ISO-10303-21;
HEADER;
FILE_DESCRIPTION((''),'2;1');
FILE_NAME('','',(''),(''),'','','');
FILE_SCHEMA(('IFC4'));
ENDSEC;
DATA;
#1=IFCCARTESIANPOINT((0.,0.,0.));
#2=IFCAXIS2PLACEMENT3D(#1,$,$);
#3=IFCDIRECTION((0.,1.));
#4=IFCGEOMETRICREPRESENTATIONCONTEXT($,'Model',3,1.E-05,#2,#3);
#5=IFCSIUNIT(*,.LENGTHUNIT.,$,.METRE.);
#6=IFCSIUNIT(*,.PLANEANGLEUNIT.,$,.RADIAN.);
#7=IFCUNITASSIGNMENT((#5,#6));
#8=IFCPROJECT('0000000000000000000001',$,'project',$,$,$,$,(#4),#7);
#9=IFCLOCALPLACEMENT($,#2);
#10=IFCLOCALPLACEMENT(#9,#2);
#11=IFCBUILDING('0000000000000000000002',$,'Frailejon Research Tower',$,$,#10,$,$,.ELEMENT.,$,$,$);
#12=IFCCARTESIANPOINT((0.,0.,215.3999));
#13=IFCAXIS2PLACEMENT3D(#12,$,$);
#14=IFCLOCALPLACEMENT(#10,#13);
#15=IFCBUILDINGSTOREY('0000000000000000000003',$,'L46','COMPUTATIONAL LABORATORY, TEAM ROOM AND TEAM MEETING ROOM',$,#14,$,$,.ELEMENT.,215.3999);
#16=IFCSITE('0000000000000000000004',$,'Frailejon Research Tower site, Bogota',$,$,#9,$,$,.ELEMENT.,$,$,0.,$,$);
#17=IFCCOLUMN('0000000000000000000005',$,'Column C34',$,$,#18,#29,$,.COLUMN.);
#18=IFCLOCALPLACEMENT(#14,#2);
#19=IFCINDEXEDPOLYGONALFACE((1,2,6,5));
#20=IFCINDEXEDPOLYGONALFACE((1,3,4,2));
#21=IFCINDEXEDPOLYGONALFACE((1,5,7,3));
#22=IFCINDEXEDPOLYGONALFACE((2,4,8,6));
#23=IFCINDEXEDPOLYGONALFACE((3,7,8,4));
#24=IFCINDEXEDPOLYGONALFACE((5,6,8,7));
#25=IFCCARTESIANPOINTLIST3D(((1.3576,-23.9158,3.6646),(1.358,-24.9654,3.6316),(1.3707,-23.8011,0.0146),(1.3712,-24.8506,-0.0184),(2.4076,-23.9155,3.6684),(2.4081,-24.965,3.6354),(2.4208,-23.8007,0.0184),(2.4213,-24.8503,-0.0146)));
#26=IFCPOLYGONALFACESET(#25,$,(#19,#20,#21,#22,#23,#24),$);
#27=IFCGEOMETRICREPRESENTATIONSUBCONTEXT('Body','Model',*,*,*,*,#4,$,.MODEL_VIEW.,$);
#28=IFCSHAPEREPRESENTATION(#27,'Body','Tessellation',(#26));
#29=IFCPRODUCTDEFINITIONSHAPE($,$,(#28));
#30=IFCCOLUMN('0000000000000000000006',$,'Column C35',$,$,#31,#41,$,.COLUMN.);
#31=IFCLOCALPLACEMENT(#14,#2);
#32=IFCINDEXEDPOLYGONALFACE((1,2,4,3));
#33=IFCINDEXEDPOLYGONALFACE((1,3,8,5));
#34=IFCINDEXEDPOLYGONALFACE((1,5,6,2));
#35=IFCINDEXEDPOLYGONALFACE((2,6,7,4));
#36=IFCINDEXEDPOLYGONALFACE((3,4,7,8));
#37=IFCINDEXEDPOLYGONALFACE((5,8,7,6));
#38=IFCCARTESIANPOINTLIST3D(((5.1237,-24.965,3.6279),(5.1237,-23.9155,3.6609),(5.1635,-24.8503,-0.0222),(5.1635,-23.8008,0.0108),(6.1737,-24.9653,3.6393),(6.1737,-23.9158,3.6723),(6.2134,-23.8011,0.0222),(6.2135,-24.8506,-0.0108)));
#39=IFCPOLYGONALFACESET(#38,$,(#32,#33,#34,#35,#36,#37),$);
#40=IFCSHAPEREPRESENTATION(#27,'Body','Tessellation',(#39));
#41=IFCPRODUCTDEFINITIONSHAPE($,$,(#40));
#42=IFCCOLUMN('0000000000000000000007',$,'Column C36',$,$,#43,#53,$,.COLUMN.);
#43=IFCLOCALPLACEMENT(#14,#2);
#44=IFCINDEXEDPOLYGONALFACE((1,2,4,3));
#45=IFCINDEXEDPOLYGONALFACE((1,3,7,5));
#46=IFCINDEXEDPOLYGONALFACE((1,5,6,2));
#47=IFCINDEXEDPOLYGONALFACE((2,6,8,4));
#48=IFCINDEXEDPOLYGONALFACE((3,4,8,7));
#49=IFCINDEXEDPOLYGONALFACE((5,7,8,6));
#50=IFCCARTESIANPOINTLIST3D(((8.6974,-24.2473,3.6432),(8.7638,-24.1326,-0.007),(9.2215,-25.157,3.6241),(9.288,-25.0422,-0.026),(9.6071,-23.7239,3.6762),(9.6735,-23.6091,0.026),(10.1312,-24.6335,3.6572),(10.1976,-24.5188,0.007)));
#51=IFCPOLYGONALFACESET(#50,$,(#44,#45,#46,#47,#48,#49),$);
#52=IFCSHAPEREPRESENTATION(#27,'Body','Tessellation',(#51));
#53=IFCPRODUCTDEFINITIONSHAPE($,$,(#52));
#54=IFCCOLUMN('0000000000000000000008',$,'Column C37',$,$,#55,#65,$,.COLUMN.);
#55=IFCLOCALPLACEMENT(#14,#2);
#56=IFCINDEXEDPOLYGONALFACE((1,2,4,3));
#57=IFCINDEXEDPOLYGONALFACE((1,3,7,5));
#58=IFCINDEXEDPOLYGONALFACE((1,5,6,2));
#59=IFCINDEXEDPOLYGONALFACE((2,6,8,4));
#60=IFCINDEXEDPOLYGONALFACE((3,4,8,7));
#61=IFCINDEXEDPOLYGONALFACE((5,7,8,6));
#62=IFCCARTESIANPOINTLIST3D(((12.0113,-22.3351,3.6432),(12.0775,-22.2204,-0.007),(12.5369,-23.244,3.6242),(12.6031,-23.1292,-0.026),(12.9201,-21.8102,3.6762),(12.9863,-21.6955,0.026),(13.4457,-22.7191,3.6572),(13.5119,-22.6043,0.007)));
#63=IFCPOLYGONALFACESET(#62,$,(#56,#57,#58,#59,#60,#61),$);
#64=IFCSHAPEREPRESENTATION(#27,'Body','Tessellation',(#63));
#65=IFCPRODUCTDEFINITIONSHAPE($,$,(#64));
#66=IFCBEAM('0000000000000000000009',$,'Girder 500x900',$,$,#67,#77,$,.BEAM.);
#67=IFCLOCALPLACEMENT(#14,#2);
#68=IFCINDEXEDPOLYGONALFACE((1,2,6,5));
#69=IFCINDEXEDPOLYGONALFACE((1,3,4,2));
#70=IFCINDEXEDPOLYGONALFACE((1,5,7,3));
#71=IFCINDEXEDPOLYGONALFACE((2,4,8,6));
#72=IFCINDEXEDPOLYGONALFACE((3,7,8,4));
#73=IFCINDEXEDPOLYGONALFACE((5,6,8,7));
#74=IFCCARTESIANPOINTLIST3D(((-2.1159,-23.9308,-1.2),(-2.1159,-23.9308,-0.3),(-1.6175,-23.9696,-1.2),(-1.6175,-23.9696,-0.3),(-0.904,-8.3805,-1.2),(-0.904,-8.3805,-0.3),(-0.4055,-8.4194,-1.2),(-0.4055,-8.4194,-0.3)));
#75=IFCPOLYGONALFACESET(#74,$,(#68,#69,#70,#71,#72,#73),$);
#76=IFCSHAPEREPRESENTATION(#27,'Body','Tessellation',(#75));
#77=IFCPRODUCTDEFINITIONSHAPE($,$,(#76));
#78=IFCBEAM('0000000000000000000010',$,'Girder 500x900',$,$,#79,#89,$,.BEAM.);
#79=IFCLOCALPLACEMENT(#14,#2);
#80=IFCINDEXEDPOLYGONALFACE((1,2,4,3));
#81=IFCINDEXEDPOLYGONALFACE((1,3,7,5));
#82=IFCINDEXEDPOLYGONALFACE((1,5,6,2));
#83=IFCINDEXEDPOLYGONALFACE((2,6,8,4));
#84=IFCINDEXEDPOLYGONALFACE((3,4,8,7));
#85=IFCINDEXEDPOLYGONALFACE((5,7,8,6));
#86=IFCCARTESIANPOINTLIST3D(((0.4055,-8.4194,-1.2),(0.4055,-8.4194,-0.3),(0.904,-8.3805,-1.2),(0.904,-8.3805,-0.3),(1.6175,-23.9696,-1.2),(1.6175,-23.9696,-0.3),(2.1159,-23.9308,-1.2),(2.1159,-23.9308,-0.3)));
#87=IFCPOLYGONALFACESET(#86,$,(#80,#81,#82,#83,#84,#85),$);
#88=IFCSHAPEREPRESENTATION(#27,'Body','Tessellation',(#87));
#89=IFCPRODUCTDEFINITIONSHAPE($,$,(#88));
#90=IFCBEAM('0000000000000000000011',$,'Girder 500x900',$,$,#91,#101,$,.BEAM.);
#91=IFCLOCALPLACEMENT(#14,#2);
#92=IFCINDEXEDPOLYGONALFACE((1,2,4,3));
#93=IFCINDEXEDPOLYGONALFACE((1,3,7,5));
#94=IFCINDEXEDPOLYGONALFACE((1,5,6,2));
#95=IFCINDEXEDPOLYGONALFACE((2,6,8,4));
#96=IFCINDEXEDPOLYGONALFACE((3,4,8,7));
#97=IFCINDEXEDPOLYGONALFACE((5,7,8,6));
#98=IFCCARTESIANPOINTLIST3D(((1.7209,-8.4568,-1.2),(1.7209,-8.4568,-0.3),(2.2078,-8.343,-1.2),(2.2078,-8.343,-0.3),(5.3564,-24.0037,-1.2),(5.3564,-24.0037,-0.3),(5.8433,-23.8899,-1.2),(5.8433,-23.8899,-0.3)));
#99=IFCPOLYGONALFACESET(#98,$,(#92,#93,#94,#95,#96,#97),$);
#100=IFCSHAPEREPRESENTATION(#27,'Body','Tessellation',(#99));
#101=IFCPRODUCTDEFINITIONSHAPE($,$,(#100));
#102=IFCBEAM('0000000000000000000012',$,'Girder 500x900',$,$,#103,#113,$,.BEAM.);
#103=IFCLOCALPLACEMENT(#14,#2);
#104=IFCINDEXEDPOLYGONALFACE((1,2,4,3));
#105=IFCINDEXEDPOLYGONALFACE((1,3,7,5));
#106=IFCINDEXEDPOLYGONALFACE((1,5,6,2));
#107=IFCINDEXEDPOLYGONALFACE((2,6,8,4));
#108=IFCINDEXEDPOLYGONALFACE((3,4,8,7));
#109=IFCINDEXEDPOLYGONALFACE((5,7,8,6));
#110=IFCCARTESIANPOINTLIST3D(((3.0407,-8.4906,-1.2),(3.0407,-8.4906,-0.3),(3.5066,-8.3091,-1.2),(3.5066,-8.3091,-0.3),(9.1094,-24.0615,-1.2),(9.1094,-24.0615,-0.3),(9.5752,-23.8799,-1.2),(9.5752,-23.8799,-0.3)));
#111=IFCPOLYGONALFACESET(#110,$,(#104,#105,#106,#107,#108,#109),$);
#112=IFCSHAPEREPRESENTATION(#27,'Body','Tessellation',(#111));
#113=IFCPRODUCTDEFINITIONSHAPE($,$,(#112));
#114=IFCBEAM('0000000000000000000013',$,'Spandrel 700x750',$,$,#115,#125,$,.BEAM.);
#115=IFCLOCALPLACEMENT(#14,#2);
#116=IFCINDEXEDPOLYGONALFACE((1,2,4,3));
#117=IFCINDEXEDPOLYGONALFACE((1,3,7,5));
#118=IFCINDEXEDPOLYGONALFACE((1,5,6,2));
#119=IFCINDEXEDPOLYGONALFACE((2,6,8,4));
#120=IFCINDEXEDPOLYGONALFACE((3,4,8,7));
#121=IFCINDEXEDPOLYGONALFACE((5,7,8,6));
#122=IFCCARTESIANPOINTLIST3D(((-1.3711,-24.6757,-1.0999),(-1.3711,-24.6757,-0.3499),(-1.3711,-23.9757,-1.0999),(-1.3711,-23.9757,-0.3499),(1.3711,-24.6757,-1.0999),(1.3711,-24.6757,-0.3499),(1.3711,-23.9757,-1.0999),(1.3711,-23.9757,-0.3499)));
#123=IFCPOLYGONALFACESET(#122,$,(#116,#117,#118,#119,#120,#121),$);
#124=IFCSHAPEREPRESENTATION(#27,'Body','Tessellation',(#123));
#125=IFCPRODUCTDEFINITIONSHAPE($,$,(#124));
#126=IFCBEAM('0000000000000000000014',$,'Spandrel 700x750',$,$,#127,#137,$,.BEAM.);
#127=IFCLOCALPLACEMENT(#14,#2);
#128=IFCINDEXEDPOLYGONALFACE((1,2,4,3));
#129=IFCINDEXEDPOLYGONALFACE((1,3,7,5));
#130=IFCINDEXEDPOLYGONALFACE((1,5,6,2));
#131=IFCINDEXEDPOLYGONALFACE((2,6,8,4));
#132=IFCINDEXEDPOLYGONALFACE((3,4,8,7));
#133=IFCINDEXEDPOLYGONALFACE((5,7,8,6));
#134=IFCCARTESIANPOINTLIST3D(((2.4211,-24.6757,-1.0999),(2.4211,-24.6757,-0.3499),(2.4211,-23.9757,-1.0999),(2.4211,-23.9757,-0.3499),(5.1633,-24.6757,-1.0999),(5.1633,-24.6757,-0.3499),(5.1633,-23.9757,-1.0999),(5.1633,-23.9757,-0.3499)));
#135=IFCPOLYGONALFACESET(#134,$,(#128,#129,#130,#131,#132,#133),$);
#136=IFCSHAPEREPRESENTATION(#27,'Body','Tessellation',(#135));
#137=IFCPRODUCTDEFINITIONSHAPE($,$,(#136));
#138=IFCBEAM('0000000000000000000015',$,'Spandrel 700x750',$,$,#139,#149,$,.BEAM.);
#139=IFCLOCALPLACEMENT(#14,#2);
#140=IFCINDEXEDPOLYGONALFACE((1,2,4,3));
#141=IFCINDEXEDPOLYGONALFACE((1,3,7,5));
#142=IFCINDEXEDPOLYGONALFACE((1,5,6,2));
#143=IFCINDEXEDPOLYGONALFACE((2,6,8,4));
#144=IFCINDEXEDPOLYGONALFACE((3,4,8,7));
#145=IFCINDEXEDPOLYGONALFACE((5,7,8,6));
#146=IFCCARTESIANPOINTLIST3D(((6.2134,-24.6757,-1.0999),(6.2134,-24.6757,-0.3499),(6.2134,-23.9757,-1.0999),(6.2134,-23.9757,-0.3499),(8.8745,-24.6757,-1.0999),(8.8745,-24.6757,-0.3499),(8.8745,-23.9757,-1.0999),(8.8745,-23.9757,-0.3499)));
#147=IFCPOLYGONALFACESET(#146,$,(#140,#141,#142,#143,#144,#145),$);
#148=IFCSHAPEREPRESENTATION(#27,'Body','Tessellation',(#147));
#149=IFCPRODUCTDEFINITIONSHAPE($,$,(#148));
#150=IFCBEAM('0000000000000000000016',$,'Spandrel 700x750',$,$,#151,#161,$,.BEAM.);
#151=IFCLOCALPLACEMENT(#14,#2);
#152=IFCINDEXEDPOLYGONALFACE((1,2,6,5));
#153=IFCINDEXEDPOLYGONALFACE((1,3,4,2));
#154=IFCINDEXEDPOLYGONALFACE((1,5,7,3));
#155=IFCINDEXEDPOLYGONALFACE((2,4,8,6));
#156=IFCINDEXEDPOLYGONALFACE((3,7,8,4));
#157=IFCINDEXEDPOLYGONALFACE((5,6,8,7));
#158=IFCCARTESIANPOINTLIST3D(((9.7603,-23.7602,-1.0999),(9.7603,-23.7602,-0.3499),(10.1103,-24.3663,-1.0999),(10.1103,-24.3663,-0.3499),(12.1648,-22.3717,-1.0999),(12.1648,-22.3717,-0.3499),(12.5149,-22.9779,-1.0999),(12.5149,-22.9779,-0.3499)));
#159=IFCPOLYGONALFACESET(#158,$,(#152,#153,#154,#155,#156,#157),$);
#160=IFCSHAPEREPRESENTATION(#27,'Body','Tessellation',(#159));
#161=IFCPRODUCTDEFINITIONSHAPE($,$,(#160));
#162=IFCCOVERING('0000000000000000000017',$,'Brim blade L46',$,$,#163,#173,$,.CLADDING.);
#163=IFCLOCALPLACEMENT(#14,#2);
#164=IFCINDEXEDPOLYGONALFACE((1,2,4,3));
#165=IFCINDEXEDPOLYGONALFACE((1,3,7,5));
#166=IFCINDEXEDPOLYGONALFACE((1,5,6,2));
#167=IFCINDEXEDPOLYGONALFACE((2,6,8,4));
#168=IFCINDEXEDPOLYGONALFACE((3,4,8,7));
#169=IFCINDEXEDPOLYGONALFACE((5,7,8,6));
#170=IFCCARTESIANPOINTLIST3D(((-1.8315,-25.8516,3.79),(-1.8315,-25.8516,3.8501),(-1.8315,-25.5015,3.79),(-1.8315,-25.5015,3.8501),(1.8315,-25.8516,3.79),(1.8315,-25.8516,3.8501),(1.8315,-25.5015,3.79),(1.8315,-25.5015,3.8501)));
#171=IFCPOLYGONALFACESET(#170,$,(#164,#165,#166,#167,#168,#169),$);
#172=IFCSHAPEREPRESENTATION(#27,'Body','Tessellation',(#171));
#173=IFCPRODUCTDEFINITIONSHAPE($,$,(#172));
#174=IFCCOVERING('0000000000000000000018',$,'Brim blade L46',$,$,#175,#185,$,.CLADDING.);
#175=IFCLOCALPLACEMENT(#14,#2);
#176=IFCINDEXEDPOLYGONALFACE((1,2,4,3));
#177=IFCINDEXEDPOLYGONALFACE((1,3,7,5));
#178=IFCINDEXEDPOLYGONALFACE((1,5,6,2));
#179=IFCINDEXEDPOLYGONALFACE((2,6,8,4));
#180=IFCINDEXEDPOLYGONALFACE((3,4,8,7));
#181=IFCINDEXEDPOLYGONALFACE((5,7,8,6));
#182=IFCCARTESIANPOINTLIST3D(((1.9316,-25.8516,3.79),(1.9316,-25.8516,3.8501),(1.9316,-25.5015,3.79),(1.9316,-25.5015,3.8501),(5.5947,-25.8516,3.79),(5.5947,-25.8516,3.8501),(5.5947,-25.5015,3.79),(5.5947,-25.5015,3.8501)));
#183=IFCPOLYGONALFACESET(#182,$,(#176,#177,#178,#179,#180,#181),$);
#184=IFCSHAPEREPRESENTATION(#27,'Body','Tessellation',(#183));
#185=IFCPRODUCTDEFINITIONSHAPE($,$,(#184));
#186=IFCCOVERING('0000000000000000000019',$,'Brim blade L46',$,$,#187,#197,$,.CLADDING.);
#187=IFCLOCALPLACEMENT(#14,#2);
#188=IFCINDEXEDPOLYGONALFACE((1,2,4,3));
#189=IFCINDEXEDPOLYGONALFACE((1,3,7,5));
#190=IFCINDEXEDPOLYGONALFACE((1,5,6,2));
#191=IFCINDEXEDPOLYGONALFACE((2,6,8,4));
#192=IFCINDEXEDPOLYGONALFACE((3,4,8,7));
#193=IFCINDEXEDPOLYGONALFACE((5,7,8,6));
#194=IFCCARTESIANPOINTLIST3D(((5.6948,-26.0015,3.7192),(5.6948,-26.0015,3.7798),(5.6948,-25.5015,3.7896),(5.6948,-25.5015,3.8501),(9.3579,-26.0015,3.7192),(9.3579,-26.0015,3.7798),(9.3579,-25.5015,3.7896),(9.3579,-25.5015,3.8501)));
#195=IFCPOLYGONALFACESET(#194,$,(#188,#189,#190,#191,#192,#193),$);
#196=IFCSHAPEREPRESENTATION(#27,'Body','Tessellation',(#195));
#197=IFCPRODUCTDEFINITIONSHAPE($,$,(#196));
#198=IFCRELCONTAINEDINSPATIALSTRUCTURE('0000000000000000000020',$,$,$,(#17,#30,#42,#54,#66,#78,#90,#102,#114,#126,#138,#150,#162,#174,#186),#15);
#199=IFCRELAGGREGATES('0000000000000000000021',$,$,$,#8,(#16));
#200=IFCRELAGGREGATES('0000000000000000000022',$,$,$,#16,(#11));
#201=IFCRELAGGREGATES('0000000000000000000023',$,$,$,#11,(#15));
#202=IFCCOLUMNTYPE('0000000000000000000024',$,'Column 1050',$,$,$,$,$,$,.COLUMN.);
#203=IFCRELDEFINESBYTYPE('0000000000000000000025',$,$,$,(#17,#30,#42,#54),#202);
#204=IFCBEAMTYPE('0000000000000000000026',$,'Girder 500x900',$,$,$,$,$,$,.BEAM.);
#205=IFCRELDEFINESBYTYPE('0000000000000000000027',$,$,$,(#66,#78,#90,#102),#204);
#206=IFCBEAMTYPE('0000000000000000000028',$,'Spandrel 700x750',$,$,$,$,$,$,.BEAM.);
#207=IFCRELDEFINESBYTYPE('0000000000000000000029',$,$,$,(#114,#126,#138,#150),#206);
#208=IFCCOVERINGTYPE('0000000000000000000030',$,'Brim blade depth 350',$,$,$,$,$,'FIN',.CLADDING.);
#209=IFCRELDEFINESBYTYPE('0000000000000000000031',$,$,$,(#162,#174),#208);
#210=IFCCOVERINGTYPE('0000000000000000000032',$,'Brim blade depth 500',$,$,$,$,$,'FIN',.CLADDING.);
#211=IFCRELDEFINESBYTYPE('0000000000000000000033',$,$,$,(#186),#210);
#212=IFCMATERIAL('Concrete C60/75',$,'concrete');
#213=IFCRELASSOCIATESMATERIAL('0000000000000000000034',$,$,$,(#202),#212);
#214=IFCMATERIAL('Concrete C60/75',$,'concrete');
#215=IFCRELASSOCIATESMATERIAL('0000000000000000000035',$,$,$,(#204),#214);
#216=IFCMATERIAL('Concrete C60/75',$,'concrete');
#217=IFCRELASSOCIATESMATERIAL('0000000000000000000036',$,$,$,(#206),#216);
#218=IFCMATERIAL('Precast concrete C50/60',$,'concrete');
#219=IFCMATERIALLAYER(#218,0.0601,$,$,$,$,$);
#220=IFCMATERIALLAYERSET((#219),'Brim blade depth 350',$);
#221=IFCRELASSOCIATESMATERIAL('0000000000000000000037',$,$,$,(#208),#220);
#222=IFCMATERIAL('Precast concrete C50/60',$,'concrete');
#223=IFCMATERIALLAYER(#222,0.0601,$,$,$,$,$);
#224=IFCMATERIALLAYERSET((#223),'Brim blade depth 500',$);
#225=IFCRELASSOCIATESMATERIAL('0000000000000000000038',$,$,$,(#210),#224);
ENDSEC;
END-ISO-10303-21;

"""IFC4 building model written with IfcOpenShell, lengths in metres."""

from ifc_helpers import new_model, si_unit, direction, frame, origin, origin_2d, place, context, subcontext, project, spatial, polyline, rectangle, outline, extrude, material, layer, layer_set, material_profile, profile_set, type_object, element, save


model = new_model("IFC4")

# Units and contexts
model_context = context("Model", 3, precision=1e-05, world=origin(), true_north=direction((0.0, 1.0)))
body_context = subcontext(model_context, "Body", "Model", "MODEL_VIEW")
ifc_project = project(units=[si_unit("LENGTHUNIT", "METRE"), si_unit("PLANEANGLEUNIT", "RADIAN")], contexts=[model_context])

# Site, building, storey
site_placement = place(None, origin())
site = spatial("IfcSite", under=ifc_project, at=site_placement, Name="Frailejon Research Tower site, Bogota", CompositionType="ELEMENT", RefElevation=0.0)
building_placement = place(site_placement, origin())
building = spatial("IfcBuilding", under=site, at=building_placement, Name="Frailejon Research Tower", CompositionType="ELEMENT")
storey_placement = place(building_placement, frame((0.0, 0.0, 215.3999)))
storey = spatial("IfcBuildingStorey", under=building, at=storey_placement, Name="L46", Description="COMPUTATIONAL LABORATORY, TEAM ROOM AND TEAM MEETING ROOM", CompositionType="ELEMENT", Elevation=215.3999)

# Columns
ifc_material_1 = material(Name="Concrete C60/75", Category="concrete")
ifc_material_profile_1 = material_profile(ifc_material_1, rectangle(XDim=1.05, YDim=1.05, at=origin_2d()), Name="Column 1050")
ifc_profile_set_1 = profile_set([ifc_material_profile_1], Name="Concrete C60/75")
column_type = type_object("IfcColumnType", Name="Column 1050", PredefinedType="COLUMN", material=ifc_profile_set_1)
column_1_placement = place(storey_placement, frame((1.896, -24.3257, 0.0), z_axis=(-0.00361, -0.03142, 0.9995), x_axis=(0.999993, 0.000341, 0.003623)))
element("IfcColumn", 1, at=column_1_placement, inside=storey, type_object=column_type, Name="Column C34", PredefinedType="COLUMN", context=body_context, shape_type="SweptSolid", body=[
    extrude(rectangle(XDim=1.05, YDim=1.05, at=origin_2d()), origin(), (0.0, 0.0, 1.0), 3.6519),
])
column_2_placement = place(storey_placement, frame((5.6885, -24.3257, 0.0), z_axis=(-0.010896, -0.031419, 0.999447), x_axis=(0.999941, -0.000298, 0.010892)))
element("IfcColumn", 2, at=column_2_placement, inside=storey, type_object=column_type, Name="Column C35", PredefinedType="COLUMN", context=body_context, shape_type="SweptSolid", body=[
    extrude(rectangle(XDim=1.05, YDim=1.05, at=origin_2d()), origin(), (0.0, 0.0, 1.0), 3.6521),
])
for number, where, z_axis, x_axis, name in (
    (3, (9.4807, -24.3257, 0.0), (-0.018181, -0.031415, 0.999341), (0.866316, 0.498507, 0.031432), "Column C36"),
    (4, (12.7947, -22.4124, 0.0), (-0.018114, -0.031415, 0.999342), (0.86552, 0.499889, 0.031403), "Column C37"),
):
    element("IfcColumn", number, at=place(storey_placement, frame(where, z_axis=z_axis, x_axis=x_axis)), inside=storey, type_object=column_type, Name=name, PredefinedType="COLUMN", context=body_context, shape_type="SweptSolid", body=[
        extrude(rectangle(XDim=1.05, YDim=1.05, at=origin_2d()), origin(), (0.0, 0.0, 1.0), 3.6526),
    ])

# Beams
ifc_material_2 = material(Name="Concrete C60/75", Category="concrete")
ifc_material_profile_2 = material_profile(ifc_material_2, rectangle(XDim=0.5, YDim=0.8999, at=origin_2d()), Name="Girder 500x900")
ifc_profile_set_2 = profile_set([ifc_material_profile_2], Name="Concrete C60/75")
beam_type_1 = type_object("IfcBeamType", Name="Girder 500x900", PredefinedType="BEAM", material=ifc_profile_set_2)
for number, where, z_axis, x_axis, name in (
    (5, (-1.8667, -23.9502, -0.75), (0.0777, 0.996977, 0.0), (-0.996977, 0.0777, 0.0), "Girder 500x900"),
    (6, (1.8667, -23.9502, -0.75), (-0.0777, 0.996977, 0.0), (-0.996977, -0.0777, 0.0), "Girder 500x900"),
):
    element("IfcBeam", number, at=place(storey_placement, frame(where, z_axis=z_axis, x_axis=x_axis)), inside=storey, type_object=beam_type_1, Name=name, PredefinedType="BEAM", context=body_context, shape_type="SweptSolid", body=[
        extrude(rectangle(XDim=0.5, YDim=0.8999, at=origin_2d()), origin(), (0.0, 0.0, 1.0), 15.5974),
    ])
beam_1_placement = place(storey_placement, frame((5.5999, -23.9468, -0.75), z_axis=(-0.227698, 0.973732, 0.0), x_axis=(-0.973732, -0.227698, 0.0)))
element("IfcBeam", 7, at=beam_1_placement, inside=storey, type_object=beam_type_1, Name="Girder 500x900", PredefinedType="BEAM", context=body_context, shape_type="SweptSolid", body=[
    extrude(rectangle(XDim=0.5, YDim=0.8999, at=origin_2d()), origin(), (0.0, 0.0, 1.0), 15.9663),
])
beam_2_placement = place(storey_placement, frame((9.3423, -23.9707, -0.75), z_axis=(-0.363137, 0.931736, 0.0), x_axis=(-0.931736, -0.363137, 0.0)))
element("IfcBeam", 8, at=beam_2_placement, inside=storey, type_object=beam_type_1, Name="Girder 500x900", PredefinedType="BEAM", context=body_context, shape_type="SweptSolid", body=[
    extrude(rectangle(XDim=0.5, YDim=0.8999, at=origin_2d()), origin(), (0.0, 0.0, 1.0), 16.7117),
])
ifc_material_3 = material(Name="Concrete C60/75", Category="concrete")
ifc_material_profile_3 = material_profile(ifc_material_3, rectangle(XDim=0.7, YDim=0.75, at=origin_2d()), Name="Spandrel 700x750")
ifc_profile_set_3 = profile_set([ifc_material_profile_3], Name="Concrete C60/75")
beam_type_2 = type_object("IfcBeamType", Name="Spandrel 700x750", PredefinedType="BEAM", material=ifc_profile_set_3)
for number, where, z_axis, x_axis, name in (
    (9, (-1.3711, -24.3257, -0.7249), (1.0, 0.0, 0.0), (0.0, 1.0, 0.0), "Spandrel 700x750"),
    (10, (2.4211, -24.3257, -0.7249), (1.0, 0.0, 0.0), (0.0, 1.0, 0.0), "Spandrel 700x750"),
):
    element("IfcBeam", number, at=place(storey_placement, frame(where, z_axis=z_axis, x_axis=x_axis)), inside=storey, type_object=beam_type_2, Name=name, PredefinedType="BEAM", context=body_context, shape_type="SweptSolid", body=[
        extrude(rectangle(XDim=0.7, YDim=0.75, at=origin_2d()), origin(), (0.0, 0.0, 1.0), 2.7422),
    ])
beam_3_placement = place(storey_placement, frame((6.2134, -24.3257, -0.7249), z_axis=(1.0, 0.0, 0.0), x_axis=(0.0, 1.0, 0.0)))
element("IfcBeam", 11, at=beam_3_placement, inside=storey, type_object=beam_type_2, Name="Spandrel 700x750", PredefinedType="BEAM", context=body_context, shape_type="SweptSolid", body=[
    extrude(rectangle(XDim=0.7, YDim=0.75, at=origin_2d()), origin(), (0.0, 0.0, 1.0), 2.6611),
])
beam_4_placement = place(storey_placement, frame((9.9353, -24.0632, -0.7249), z_axis=(0.866, 0.500045, 0.0), x_axis=(-0.500045, 0.866, 0.0)))
element("IfcBeam", 12, at=beam_4_placement, inside=storey, type_object=beam_type_2, Name="Spandrel 700x750", PredefinedType="BEAM", context=body_context, shape_type="SweptSolid", body=[
    extrude(rectangle(XDim=0.7, YDim=0.75, at=origin_2d()), origin(), (0.0, 0.0, 1.0), 2.7766),
])

# Coverings
ifc_material_4 = material(Name="Precast concrete C50/60", Category="concrete")
ifc_layer_1 = layer(ifc_material_4, 0.0601)
ifc_layer_set_1 = layer_set([ifc_layer_1], Name="Brim blade depth 350")
covering_type_1 = type_object("IfcCoveringType", Name="Brim blade depth 350", ElementType="FIN", PredefinedType="CLADDING", material=ifc_layer_set_1)
for number, where, z_axis, x_axis, name in (
    (13, (1.8315, -25.5015, 3.8501), (-1.0, 0.0, 0.0), (0.0, -1.0, 0.0), "Brim blade L46"),
    (14, (5.5947, -25.5015, 3.8501), (-1.0, 0.0, 0.0), (0.0, -1.0, 0.0), "Brim blade L46"),
):
    element("IfcCovering", number, at=place(storey_placement, frame(where, z_axis=z_axis, x_axis=x_axis)), inside=storey, type_object=covering_type_1, Name=name, PredefinedType="CLADDING", context=body_context, shape_type="SweptSolid", body=[
        extrude(outline(polyline([(0.0, -0.0601), (0.3501, -0.0601), (0.3501, 0.0), (0.0, 0.0), (0.0, -0.0601)])), origin(), (0.0, 0.0, 1.0), 3.6631),
    ])
ifc_material_5 = material(Name="Precast concrete C50/60", Category="concrete")
ifc_layer_2 = layer(ifc_material_5, 0.0601)
ifc_layer_set_2 = layer_set([ifc_layer_2], Name="Brim blade depth 500")
covering_type_2 = type_object("IfcCoveringType", Name="Brim blade depth 500", ElementType="FIN", PredefinedType="CLADDING", material=ifc_layer_set_2)
covering_1_placement = place(storey_placement, frame((9.3579, -25.5015, 3.8501), z_axis=(-1.0, 0.0, 0.0), x_axis=(0.0, -1.0, 0.0)))
element("IfcCovering", 15, at=covering_1_placement, inside=storey, type_object=covering_type_2, Name="Brim blade L46", PredefinedType="CLADDING", context=body_context, shape_type="SweptSolid", body=[
    extrude(outline(polyline([(0.0, -0.0605), (0.5, -0.1309), (0.5, -0.0703), (0.0, 0.0), (0.0, -0.0605)])), origin(), (0.0, 0.0, 1.0), 3.6631),
])

save(model, "model.ifc")
